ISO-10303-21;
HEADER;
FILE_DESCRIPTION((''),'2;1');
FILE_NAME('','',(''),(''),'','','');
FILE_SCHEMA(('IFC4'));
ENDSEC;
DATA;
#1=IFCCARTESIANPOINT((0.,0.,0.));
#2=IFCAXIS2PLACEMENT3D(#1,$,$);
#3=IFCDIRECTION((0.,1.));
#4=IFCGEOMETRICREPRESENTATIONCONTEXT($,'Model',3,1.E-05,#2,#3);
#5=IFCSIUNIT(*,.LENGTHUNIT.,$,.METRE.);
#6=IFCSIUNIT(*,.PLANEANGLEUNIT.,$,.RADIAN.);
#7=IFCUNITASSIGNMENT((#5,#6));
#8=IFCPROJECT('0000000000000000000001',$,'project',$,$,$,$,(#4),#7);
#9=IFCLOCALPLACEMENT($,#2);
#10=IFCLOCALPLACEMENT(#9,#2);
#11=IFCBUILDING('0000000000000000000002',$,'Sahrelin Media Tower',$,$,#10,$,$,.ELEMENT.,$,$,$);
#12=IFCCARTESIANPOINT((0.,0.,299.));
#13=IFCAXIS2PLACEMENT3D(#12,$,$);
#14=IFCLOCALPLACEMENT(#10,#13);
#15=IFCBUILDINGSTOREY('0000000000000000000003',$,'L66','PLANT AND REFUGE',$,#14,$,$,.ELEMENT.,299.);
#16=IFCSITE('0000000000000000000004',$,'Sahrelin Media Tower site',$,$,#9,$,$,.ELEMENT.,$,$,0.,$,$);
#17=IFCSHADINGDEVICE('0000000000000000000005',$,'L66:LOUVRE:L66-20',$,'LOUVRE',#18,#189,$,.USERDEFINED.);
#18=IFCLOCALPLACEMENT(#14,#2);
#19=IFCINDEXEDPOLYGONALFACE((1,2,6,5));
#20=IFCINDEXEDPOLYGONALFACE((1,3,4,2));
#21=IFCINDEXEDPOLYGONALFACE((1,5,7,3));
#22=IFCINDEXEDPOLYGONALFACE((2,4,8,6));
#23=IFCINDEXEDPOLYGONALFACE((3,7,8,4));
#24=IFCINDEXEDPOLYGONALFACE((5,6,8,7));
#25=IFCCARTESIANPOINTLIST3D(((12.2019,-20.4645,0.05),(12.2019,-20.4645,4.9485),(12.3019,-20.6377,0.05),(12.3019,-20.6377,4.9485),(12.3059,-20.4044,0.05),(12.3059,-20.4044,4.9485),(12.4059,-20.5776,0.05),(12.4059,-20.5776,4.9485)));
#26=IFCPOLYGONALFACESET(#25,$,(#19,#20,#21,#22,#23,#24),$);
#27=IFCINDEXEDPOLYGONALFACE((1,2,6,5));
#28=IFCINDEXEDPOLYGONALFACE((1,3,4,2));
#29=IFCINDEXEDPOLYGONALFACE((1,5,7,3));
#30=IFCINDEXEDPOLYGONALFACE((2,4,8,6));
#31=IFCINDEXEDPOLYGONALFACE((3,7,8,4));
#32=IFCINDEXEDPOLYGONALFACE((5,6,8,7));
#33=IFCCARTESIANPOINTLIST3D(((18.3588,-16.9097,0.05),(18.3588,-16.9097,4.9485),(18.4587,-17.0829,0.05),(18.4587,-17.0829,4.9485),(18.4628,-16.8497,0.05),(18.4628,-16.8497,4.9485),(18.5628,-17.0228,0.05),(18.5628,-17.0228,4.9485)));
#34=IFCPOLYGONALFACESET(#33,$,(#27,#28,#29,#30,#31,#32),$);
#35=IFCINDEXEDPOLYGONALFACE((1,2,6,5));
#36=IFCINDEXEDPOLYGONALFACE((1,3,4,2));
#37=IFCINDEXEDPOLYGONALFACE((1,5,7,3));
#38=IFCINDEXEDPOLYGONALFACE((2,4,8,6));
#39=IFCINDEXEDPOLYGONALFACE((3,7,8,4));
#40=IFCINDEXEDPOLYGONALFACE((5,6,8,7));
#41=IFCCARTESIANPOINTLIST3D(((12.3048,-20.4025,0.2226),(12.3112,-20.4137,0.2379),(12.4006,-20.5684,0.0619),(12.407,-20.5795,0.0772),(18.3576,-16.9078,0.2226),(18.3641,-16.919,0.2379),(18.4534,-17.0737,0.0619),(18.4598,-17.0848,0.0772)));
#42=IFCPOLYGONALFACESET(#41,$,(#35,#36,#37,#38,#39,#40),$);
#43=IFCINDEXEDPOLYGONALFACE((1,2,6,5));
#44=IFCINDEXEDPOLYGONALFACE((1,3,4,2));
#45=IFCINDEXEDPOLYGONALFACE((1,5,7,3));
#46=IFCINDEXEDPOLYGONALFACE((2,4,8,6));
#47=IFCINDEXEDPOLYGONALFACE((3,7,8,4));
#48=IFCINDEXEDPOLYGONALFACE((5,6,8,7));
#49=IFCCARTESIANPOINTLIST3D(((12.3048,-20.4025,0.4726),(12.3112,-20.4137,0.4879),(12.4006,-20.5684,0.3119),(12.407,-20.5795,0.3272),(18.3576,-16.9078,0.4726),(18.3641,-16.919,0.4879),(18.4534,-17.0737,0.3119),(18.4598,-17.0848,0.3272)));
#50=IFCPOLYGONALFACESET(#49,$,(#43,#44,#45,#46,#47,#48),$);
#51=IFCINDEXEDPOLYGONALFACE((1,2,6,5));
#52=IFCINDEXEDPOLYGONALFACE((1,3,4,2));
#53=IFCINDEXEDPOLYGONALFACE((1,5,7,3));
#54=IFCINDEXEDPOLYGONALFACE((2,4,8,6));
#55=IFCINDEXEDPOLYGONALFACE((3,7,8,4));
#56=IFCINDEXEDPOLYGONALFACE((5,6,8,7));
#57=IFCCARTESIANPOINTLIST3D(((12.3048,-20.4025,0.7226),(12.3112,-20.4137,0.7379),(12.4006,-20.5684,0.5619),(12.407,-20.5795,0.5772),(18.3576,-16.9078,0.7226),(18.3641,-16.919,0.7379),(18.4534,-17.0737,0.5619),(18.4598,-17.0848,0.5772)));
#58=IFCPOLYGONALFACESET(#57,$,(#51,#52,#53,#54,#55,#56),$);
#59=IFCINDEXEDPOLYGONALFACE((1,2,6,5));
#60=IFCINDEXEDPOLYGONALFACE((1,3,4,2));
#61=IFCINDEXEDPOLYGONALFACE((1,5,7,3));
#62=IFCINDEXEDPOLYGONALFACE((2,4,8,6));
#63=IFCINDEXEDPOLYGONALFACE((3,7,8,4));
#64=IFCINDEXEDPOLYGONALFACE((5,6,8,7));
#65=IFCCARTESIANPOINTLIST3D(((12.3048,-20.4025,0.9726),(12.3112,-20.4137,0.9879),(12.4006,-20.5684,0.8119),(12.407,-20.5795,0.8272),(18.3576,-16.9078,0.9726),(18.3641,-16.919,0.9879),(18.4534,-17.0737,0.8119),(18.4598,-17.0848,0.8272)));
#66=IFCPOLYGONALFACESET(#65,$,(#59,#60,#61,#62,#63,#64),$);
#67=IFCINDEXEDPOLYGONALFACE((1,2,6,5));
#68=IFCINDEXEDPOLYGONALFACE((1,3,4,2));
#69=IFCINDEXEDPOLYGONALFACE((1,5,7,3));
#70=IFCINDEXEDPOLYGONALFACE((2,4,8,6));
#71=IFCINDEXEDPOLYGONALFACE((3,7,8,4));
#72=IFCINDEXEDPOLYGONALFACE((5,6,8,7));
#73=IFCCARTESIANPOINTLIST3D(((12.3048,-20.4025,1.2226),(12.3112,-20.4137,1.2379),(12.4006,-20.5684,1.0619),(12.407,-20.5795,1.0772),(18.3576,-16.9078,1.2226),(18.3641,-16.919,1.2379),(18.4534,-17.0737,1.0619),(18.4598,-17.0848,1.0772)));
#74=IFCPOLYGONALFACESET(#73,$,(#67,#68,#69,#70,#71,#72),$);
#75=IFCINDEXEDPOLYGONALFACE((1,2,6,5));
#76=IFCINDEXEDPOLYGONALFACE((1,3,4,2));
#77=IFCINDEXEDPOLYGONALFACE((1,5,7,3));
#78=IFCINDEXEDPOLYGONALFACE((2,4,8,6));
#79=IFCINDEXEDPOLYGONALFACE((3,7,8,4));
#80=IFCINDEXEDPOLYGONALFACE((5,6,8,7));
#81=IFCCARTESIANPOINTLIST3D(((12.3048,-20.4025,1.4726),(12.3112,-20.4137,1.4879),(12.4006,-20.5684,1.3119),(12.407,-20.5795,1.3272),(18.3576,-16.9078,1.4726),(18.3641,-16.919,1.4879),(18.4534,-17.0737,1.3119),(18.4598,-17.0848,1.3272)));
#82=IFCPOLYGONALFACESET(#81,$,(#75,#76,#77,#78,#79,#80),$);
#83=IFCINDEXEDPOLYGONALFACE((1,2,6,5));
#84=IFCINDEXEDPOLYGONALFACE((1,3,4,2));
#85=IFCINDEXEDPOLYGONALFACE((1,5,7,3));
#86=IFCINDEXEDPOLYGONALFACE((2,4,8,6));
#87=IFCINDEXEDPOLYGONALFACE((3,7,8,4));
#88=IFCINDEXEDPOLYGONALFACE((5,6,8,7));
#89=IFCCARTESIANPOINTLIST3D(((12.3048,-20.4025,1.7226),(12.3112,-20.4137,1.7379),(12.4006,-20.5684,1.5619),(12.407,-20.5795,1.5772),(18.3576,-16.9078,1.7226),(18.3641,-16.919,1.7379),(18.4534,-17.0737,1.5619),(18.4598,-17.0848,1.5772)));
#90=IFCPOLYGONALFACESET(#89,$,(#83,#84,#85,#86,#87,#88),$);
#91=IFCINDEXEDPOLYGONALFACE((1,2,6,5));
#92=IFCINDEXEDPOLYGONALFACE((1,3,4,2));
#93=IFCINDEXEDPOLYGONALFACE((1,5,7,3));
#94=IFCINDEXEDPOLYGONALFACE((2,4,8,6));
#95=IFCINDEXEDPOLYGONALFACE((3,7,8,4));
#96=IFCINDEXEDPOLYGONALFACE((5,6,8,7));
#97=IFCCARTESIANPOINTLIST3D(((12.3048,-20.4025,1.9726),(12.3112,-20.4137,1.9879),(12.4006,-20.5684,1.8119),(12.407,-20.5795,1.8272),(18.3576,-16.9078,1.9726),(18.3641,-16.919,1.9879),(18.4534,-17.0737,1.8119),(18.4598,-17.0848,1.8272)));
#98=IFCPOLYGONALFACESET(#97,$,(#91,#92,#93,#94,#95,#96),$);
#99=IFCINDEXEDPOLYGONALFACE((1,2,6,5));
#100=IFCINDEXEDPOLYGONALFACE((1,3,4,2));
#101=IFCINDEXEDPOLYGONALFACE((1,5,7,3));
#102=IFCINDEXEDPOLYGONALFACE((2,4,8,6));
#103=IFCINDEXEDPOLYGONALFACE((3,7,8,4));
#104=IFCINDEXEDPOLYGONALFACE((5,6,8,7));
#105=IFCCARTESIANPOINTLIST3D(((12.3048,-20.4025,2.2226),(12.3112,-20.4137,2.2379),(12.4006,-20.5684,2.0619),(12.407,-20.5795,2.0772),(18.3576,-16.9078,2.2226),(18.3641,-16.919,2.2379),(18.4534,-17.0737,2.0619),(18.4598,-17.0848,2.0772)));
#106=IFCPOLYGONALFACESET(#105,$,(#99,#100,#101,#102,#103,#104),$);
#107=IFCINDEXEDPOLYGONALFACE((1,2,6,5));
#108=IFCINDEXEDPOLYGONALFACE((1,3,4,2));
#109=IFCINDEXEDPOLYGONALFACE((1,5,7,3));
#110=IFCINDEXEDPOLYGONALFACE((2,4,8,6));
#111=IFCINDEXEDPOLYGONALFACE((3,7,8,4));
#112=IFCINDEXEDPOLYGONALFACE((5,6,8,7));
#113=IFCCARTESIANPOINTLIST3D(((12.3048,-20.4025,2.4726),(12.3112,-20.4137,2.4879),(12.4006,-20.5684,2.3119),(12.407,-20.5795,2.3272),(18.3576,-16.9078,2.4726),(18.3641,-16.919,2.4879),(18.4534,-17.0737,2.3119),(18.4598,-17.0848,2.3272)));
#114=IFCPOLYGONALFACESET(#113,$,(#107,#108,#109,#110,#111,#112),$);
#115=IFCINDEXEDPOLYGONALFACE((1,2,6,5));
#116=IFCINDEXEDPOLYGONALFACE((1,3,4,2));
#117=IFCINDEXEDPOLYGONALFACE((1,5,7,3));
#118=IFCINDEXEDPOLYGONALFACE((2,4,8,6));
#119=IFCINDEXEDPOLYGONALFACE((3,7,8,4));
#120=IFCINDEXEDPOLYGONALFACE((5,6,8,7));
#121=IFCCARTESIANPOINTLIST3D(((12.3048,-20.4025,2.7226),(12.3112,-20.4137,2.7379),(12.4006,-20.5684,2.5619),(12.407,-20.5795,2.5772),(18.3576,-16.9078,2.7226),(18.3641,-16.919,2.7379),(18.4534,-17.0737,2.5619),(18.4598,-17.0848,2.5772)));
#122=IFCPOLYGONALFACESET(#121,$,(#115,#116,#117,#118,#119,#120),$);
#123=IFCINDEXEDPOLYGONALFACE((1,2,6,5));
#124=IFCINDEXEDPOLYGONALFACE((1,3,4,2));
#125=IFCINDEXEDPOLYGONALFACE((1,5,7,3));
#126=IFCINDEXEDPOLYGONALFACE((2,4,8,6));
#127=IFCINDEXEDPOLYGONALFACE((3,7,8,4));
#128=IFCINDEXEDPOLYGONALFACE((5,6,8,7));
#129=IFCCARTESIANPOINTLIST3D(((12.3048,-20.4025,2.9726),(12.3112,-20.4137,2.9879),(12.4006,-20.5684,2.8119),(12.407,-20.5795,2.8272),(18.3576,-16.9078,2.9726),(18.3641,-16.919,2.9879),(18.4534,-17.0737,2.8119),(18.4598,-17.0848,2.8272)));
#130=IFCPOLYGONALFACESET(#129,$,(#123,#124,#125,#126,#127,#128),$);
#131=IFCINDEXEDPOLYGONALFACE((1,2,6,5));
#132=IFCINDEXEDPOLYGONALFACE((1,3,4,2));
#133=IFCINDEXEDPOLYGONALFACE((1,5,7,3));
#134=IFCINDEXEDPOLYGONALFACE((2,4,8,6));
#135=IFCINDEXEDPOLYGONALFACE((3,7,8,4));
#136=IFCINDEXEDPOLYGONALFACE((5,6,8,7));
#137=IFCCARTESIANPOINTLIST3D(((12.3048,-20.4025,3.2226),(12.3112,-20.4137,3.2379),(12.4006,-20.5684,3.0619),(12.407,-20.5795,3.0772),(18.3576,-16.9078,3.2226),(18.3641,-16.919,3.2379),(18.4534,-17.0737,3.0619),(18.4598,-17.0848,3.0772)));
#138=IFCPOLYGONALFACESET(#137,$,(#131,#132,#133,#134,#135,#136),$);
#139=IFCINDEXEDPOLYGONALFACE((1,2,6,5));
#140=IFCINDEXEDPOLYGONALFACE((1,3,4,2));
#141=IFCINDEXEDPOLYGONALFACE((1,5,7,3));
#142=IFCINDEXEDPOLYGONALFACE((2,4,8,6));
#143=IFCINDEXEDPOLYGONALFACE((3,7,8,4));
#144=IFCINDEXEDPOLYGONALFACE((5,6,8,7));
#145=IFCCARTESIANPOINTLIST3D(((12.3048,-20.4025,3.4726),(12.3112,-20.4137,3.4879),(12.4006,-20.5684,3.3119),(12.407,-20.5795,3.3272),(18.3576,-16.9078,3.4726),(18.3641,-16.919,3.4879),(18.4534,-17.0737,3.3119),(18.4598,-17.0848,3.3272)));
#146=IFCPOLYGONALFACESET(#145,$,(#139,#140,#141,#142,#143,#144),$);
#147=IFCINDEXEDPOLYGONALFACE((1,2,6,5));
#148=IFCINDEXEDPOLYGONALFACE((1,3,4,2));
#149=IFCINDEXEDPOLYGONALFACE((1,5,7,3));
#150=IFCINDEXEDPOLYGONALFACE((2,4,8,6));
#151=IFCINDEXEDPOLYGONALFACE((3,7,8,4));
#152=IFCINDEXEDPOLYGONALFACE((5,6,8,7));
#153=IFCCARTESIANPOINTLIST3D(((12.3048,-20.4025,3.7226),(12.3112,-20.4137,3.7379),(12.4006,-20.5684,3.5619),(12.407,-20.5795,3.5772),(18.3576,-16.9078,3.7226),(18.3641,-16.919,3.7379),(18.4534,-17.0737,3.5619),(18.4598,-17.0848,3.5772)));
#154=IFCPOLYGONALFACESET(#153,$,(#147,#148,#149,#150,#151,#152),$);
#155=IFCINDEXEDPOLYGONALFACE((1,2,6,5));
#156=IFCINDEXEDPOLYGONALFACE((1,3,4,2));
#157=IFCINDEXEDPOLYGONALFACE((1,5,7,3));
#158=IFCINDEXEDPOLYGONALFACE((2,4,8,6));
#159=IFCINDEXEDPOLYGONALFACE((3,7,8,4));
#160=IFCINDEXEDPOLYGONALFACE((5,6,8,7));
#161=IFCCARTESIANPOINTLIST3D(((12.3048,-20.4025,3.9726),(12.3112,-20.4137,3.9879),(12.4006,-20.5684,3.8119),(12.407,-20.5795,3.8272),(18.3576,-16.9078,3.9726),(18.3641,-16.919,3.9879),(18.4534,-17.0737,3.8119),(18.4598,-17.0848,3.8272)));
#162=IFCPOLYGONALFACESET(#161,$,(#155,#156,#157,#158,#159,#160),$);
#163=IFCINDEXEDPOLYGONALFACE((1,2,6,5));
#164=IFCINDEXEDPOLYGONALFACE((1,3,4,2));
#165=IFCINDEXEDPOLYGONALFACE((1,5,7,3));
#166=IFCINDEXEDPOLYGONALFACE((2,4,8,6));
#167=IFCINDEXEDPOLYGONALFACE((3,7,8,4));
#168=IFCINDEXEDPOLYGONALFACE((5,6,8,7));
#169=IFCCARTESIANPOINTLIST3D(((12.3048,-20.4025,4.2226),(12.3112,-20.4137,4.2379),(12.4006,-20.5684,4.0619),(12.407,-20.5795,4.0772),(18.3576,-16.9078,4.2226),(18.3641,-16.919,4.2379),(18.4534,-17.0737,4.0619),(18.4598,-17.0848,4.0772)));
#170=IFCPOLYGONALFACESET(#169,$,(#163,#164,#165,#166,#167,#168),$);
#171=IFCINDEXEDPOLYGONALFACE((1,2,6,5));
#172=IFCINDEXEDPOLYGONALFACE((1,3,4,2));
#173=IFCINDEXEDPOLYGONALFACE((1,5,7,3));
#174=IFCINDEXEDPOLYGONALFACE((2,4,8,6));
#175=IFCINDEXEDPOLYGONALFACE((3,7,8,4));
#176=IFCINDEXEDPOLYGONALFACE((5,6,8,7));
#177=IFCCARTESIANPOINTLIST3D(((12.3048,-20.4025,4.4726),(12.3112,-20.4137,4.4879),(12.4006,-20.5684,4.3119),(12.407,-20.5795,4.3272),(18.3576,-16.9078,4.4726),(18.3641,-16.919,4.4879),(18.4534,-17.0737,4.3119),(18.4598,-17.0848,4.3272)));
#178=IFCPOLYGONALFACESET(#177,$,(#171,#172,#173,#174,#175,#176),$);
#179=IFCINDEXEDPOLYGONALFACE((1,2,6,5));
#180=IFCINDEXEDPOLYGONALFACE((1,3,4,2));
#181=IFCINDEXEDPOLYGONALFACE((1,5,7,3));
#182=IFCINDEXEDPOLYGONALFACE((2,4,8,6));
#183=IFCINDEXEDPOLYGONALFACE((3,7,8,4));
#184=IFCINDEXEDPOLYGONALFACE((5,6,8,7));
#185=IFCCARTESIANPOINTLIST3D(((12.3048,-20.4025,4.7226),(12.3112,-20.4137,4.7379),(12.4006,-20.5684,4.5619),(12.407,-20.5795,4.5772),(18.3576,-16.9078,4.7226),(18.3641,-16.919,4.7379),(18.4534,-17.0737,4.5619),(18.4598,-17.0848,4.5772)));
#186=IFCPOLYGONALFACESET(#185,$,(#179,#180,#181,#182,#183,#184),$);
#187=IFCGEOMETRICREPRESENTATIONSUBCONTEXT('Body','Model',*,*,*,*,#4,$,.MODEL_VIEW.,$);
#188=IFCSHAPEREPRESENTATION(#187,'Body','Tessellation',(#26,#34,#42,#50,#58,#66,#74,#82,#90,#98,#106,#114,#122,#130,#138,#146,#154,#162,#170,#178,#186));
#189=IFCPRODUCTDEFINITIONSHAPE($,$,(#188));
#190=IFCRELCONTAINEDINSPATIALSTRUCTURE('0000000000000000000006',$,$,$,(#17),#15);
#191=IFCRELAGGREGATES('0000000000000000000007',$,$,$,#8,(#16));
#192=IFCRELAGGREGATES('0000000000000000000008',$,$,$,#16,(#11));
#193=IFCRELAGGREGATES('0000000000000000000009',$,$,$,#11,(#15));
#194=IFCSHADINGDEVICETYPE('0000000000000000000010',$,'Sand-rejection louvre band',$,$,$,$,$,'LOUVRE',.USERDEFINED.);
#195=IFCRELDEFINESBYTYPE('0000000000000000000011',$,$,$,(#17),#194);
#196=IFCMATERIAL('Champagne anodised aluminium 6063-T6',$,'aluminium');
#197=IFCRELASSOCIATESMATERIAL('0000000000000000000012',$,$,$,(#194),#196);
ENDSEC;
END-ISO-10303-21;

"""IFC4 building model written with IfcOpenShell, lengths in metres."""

from ifc_helpers import new_model, si_unit, direction, frame, origin, origin_2d, place, context, subcontext, project, spatial, rectangle, extrude, material, type_object, element, save


model = new_model("IFC4")

# Units and contexts
model_context = context("Model", 3, precision=1e-05, world=origin(), true_north=direction((0.0, 1.0)))
body_context = subcontext(model_context, "Body", "Model", "MODEL_VIEW")
ifc_project = project(units=[si_unit("LENGTHUNIT", "METRE"), si_unit("PLANEANGLEUNIT", "RADIAN")], contexts=[model_context])

# Site, building, storey
site_placement = place(None, origin())
site = spatial("IfcSite", under=ifc_project, at=site_placement, Name="Sahrelin Media Tower site", CompositionType="ELEMENT", RefElevation=0.0)
building_placement = place(site_placement, origin())
building = spatial("IfcBuilding", under=site, at=building_placement, Name="Sahrelin Media Tower", CompositionType="ELEMENT")
storey_placement = place(building_placement, frame((0.0, 0.0, 299.0)))
storey = spatial("IfcBuildingStorey", under=building, at=storey_placement, Name="L66", Description="PLANT AND REFUGE", CompositionType="ELEMENT", Elevation=299.0)

# Shading device
ifc_material_1 = material(Name="Champagne anodised aluminium 6063-T6", Category="aluminium")
shading_device_type = type_object("IfcShadingDeviceType", Name="Sand-rejection louvre band", ElementType="LOUVRE", PredefinedType="USERDEFINED", material=ifc_material_1)
shading_device_1_placement = place(storey_placement, frame((15.3323, -18.657, 0.0), z_axis=(0.0, 0.0, 1.0), x_axis=(-0.866019, -0.500011, 0.0)))
element("IfcShadingDevice", 1, at=shading_device_1_placement, inside=storey, type_object=shading_device_type, Name="L66:LOUVRE:L66-20", ObjectType="LOUVRE", PredefinedType="USERDEFINED", context=body_context, shape_type="SweptSolid", body=[
    extrude(rectangle(XDim=0.1201, YDim=0.2, at=origin_2d()), frame((3.5547, 0.1001, 0.05), z_axis=(0.0, 0.0, 1.0), x_axis=(1.0, 0.0, 0.0)), (0.0, 0.0, 1.0), 4.8984),
    extrude(rectangle(XDim=0.1201, YDim=0.2, at=origin_2d()), frame((-3.5547, 0.1001, 0.05), z_axis=(0.0, 0.0, 1.0), x_axis=(1.0, 0.0, 0.0)), (0.0, 0.0, 1.0), 4.8984),
    extrude(rectangle(XDim=0.25, YDim=0.02, at=origin_2d()), frame((3.4946, 0.1001, 0.1499), z_axis=(-1.0, 0.0, 0.0), x_axis=(0.0, -0.766044, 0.642788)), (0.0, 0.0, 1.0), 6.9893),
    extrude(rectangle(XDim=0.25, YDim=0.02, at=origin_2d()), frame((3.4946, 0.1001, 0.3999), z_axis=(-1.0, 0.0, 0.0), x_axis=(0.0, -0.766044, 0.642788)), (0.0, 0.0, 1.0), 6.9893),
    extrude(rectangle(XDim=0.25, YDim=0.02, at=origin_2d()), frame((3.4946, 0.1001, 0.6499), z_axis=(-1.0, 0.0, 0.0), x_axis=(0.0, -0.766044, 0.642788)), (0.0, 0.0, 1.0), 6.9893),
    extrude(rectangle(XDim=0.25, YDim=0.02, at=origin_2d()), frame((3.4946, 0.1001, 0.8999), z_axis=(-1.0, 0.0, 0.0), x_axis=(0.0, -0.766044, 0.642788)), (0.0, 0.0, 1.0), 6.9893),
    extrude(rectangle(XDim=0.25, YDim=0.02, at=origin_2d()), frame((3.4946, 0.1001, 1.1499), z_axis=(-1.0, 0.0, 0.0), x_axis=(0.0, -0.766044, 0.642788)), (0.0, 0.0, 1.0), 6.9893),
    extrude(rectangle(XDim=0.25, YDim=0.02, at=origin_2d()), frame((3.4946, 0.1001, 1.3999), z_axis=(-1.0, 0.0, 0.0), x_axis=(0.0, -0.766044, 0.642788)), (0.0, 0.0, 1.0), 6.9893),
    extrude(rectangle(XDim=0.25, YDim=0.02, at=origin_2d()), frame((3.4946, 0.1001, 1.6499), z_axis=(-1.0, 0.0, 0.0), x_axis=(0.0, -0.766044, 0.642788)), (0.0, 0.0, 1.0), 6.9893),
    extrude(rectangle(XDim=0.25, YDim=0.02, at=origin_2d()), frame((3.4946, 0.1001, 1.8999), z_axis=(-1.0, 0.0, 0.0), x_axis=(0.0, -0.766044, 0.642788)), (0.0, 0.0, 1.0), 6.9893),
    extrude(rectangle(XDim=0.25, YDim=0.02, at=origin_2d()), frame((3.4946, 0.1001, 2.1499), z_axis=(-1.0, 0.0, 0.0), x_axis=(0.0, -0.766044, 0.642788)), (0.0, 0.0, 1.0), 6.9893),
    extrude(rectangle(XDim=0.25, YDim=0.02, at=origin_2d()), frame((3.4946, 0.1001, 2.3999), z_axis=(-1.0, 0.0, 0.0), x_axis=(0.0, -0.766044, 0.642788)), (0.0, 0.0, 1.0), 6.9893),
    extrude(rectangle(XDim=0.25, YDim=0.02, at=origin_2d()), frame((3.4946, 0.1001, 2.6499), z_axis=(-1.0, 0.0, 0.0), x_axis=(0.0, -0.766044, 0.642788)), (0.0, 0.0, 1.0), 6.9893),
    extrude(rectangle(XDim=0.25, YDim=0.02, at=origin_2d()), frame((3.4946, 0.1001, 2.8999), z_axis=(-1.0, 0.0, 0.0), x_axis=(0.0, -0.766044, 0.642788)), (0.0, 0.0, 1.0), 6.9893),
    extrude(rectangle(XDim=0.25, YDim=0.02, at=origin_2d()), frame((3.4946, 0.1001, 3.1499), z_axis=(-1.0, 0.0, 0.0), x_axis=(0.0, -0.766044, 0.642788)), (0.0, 0.0, 1.0), 6.9893),
    extrude(rectangle(XDim=0.25, YDim=0.02, at=origin_2d()), frame((3.4946, 0.1001, 3.3999), z_axis=(-1.0, 0.0, 0.0), x_axis=(0.0, -0.766044, 0.642788)), (0.0, 0.0, 1.0), 6.9893),
    extrude(rectangle(XDim=0.25, YDim=0.02, at=origin_2d()), frame((3.4946, 0.1001, 3.6499), z_axis=(-1.0, 0.0, 0.0), x_axis=(0.0, -0.766044, 0.642788)), (0.0, 0.0, 1.0), 6.9893),
    extrude(rectangle(XDim=0.25, YDim=0.02, at=origin_2d()), frame((3.4946, 0.1001, 3.8999), z_axis=(-1.0, 0.0, 0.0), x_axis=(0.0, -0.766044, 0.642788)), (0.0, 0.0, 1.0), 6.9893),
    extrude(rectangle(XDim=0.25, YDim=0.02, at=origin_2d()), frame((3.4946, 0.1001, 4.1499), z_axis=(-1.0, 0.0, 0.0), x_axis=(0.0, -0.766044, 0.642788)), (0.0, 0.0, 1.0), 6.9893),
    extrude(rectangle(XDim=0.25, YDim=0.02, at=origin_2d()), frame((3.4946, 0.1001, 4.3999), z_axis=(-1.0, 0.0, 0.0), x_axis=(0.0, -0.766044, 0.642788)), (0.0, 0.0, 1.0), 6.9893),
    extrude(rectangle(XDim=0.25, YDim=0.02, at=origin_2d()), frame((3.4946, 0.1001, 4.6499), z_axis=(-1.0, 0.0, 0.0), x_axis=(0.0, -0.766044, 0.642788)), (0.0, 0.0, 1.0), 6.9893),
])

save(model, "model.ifc")
